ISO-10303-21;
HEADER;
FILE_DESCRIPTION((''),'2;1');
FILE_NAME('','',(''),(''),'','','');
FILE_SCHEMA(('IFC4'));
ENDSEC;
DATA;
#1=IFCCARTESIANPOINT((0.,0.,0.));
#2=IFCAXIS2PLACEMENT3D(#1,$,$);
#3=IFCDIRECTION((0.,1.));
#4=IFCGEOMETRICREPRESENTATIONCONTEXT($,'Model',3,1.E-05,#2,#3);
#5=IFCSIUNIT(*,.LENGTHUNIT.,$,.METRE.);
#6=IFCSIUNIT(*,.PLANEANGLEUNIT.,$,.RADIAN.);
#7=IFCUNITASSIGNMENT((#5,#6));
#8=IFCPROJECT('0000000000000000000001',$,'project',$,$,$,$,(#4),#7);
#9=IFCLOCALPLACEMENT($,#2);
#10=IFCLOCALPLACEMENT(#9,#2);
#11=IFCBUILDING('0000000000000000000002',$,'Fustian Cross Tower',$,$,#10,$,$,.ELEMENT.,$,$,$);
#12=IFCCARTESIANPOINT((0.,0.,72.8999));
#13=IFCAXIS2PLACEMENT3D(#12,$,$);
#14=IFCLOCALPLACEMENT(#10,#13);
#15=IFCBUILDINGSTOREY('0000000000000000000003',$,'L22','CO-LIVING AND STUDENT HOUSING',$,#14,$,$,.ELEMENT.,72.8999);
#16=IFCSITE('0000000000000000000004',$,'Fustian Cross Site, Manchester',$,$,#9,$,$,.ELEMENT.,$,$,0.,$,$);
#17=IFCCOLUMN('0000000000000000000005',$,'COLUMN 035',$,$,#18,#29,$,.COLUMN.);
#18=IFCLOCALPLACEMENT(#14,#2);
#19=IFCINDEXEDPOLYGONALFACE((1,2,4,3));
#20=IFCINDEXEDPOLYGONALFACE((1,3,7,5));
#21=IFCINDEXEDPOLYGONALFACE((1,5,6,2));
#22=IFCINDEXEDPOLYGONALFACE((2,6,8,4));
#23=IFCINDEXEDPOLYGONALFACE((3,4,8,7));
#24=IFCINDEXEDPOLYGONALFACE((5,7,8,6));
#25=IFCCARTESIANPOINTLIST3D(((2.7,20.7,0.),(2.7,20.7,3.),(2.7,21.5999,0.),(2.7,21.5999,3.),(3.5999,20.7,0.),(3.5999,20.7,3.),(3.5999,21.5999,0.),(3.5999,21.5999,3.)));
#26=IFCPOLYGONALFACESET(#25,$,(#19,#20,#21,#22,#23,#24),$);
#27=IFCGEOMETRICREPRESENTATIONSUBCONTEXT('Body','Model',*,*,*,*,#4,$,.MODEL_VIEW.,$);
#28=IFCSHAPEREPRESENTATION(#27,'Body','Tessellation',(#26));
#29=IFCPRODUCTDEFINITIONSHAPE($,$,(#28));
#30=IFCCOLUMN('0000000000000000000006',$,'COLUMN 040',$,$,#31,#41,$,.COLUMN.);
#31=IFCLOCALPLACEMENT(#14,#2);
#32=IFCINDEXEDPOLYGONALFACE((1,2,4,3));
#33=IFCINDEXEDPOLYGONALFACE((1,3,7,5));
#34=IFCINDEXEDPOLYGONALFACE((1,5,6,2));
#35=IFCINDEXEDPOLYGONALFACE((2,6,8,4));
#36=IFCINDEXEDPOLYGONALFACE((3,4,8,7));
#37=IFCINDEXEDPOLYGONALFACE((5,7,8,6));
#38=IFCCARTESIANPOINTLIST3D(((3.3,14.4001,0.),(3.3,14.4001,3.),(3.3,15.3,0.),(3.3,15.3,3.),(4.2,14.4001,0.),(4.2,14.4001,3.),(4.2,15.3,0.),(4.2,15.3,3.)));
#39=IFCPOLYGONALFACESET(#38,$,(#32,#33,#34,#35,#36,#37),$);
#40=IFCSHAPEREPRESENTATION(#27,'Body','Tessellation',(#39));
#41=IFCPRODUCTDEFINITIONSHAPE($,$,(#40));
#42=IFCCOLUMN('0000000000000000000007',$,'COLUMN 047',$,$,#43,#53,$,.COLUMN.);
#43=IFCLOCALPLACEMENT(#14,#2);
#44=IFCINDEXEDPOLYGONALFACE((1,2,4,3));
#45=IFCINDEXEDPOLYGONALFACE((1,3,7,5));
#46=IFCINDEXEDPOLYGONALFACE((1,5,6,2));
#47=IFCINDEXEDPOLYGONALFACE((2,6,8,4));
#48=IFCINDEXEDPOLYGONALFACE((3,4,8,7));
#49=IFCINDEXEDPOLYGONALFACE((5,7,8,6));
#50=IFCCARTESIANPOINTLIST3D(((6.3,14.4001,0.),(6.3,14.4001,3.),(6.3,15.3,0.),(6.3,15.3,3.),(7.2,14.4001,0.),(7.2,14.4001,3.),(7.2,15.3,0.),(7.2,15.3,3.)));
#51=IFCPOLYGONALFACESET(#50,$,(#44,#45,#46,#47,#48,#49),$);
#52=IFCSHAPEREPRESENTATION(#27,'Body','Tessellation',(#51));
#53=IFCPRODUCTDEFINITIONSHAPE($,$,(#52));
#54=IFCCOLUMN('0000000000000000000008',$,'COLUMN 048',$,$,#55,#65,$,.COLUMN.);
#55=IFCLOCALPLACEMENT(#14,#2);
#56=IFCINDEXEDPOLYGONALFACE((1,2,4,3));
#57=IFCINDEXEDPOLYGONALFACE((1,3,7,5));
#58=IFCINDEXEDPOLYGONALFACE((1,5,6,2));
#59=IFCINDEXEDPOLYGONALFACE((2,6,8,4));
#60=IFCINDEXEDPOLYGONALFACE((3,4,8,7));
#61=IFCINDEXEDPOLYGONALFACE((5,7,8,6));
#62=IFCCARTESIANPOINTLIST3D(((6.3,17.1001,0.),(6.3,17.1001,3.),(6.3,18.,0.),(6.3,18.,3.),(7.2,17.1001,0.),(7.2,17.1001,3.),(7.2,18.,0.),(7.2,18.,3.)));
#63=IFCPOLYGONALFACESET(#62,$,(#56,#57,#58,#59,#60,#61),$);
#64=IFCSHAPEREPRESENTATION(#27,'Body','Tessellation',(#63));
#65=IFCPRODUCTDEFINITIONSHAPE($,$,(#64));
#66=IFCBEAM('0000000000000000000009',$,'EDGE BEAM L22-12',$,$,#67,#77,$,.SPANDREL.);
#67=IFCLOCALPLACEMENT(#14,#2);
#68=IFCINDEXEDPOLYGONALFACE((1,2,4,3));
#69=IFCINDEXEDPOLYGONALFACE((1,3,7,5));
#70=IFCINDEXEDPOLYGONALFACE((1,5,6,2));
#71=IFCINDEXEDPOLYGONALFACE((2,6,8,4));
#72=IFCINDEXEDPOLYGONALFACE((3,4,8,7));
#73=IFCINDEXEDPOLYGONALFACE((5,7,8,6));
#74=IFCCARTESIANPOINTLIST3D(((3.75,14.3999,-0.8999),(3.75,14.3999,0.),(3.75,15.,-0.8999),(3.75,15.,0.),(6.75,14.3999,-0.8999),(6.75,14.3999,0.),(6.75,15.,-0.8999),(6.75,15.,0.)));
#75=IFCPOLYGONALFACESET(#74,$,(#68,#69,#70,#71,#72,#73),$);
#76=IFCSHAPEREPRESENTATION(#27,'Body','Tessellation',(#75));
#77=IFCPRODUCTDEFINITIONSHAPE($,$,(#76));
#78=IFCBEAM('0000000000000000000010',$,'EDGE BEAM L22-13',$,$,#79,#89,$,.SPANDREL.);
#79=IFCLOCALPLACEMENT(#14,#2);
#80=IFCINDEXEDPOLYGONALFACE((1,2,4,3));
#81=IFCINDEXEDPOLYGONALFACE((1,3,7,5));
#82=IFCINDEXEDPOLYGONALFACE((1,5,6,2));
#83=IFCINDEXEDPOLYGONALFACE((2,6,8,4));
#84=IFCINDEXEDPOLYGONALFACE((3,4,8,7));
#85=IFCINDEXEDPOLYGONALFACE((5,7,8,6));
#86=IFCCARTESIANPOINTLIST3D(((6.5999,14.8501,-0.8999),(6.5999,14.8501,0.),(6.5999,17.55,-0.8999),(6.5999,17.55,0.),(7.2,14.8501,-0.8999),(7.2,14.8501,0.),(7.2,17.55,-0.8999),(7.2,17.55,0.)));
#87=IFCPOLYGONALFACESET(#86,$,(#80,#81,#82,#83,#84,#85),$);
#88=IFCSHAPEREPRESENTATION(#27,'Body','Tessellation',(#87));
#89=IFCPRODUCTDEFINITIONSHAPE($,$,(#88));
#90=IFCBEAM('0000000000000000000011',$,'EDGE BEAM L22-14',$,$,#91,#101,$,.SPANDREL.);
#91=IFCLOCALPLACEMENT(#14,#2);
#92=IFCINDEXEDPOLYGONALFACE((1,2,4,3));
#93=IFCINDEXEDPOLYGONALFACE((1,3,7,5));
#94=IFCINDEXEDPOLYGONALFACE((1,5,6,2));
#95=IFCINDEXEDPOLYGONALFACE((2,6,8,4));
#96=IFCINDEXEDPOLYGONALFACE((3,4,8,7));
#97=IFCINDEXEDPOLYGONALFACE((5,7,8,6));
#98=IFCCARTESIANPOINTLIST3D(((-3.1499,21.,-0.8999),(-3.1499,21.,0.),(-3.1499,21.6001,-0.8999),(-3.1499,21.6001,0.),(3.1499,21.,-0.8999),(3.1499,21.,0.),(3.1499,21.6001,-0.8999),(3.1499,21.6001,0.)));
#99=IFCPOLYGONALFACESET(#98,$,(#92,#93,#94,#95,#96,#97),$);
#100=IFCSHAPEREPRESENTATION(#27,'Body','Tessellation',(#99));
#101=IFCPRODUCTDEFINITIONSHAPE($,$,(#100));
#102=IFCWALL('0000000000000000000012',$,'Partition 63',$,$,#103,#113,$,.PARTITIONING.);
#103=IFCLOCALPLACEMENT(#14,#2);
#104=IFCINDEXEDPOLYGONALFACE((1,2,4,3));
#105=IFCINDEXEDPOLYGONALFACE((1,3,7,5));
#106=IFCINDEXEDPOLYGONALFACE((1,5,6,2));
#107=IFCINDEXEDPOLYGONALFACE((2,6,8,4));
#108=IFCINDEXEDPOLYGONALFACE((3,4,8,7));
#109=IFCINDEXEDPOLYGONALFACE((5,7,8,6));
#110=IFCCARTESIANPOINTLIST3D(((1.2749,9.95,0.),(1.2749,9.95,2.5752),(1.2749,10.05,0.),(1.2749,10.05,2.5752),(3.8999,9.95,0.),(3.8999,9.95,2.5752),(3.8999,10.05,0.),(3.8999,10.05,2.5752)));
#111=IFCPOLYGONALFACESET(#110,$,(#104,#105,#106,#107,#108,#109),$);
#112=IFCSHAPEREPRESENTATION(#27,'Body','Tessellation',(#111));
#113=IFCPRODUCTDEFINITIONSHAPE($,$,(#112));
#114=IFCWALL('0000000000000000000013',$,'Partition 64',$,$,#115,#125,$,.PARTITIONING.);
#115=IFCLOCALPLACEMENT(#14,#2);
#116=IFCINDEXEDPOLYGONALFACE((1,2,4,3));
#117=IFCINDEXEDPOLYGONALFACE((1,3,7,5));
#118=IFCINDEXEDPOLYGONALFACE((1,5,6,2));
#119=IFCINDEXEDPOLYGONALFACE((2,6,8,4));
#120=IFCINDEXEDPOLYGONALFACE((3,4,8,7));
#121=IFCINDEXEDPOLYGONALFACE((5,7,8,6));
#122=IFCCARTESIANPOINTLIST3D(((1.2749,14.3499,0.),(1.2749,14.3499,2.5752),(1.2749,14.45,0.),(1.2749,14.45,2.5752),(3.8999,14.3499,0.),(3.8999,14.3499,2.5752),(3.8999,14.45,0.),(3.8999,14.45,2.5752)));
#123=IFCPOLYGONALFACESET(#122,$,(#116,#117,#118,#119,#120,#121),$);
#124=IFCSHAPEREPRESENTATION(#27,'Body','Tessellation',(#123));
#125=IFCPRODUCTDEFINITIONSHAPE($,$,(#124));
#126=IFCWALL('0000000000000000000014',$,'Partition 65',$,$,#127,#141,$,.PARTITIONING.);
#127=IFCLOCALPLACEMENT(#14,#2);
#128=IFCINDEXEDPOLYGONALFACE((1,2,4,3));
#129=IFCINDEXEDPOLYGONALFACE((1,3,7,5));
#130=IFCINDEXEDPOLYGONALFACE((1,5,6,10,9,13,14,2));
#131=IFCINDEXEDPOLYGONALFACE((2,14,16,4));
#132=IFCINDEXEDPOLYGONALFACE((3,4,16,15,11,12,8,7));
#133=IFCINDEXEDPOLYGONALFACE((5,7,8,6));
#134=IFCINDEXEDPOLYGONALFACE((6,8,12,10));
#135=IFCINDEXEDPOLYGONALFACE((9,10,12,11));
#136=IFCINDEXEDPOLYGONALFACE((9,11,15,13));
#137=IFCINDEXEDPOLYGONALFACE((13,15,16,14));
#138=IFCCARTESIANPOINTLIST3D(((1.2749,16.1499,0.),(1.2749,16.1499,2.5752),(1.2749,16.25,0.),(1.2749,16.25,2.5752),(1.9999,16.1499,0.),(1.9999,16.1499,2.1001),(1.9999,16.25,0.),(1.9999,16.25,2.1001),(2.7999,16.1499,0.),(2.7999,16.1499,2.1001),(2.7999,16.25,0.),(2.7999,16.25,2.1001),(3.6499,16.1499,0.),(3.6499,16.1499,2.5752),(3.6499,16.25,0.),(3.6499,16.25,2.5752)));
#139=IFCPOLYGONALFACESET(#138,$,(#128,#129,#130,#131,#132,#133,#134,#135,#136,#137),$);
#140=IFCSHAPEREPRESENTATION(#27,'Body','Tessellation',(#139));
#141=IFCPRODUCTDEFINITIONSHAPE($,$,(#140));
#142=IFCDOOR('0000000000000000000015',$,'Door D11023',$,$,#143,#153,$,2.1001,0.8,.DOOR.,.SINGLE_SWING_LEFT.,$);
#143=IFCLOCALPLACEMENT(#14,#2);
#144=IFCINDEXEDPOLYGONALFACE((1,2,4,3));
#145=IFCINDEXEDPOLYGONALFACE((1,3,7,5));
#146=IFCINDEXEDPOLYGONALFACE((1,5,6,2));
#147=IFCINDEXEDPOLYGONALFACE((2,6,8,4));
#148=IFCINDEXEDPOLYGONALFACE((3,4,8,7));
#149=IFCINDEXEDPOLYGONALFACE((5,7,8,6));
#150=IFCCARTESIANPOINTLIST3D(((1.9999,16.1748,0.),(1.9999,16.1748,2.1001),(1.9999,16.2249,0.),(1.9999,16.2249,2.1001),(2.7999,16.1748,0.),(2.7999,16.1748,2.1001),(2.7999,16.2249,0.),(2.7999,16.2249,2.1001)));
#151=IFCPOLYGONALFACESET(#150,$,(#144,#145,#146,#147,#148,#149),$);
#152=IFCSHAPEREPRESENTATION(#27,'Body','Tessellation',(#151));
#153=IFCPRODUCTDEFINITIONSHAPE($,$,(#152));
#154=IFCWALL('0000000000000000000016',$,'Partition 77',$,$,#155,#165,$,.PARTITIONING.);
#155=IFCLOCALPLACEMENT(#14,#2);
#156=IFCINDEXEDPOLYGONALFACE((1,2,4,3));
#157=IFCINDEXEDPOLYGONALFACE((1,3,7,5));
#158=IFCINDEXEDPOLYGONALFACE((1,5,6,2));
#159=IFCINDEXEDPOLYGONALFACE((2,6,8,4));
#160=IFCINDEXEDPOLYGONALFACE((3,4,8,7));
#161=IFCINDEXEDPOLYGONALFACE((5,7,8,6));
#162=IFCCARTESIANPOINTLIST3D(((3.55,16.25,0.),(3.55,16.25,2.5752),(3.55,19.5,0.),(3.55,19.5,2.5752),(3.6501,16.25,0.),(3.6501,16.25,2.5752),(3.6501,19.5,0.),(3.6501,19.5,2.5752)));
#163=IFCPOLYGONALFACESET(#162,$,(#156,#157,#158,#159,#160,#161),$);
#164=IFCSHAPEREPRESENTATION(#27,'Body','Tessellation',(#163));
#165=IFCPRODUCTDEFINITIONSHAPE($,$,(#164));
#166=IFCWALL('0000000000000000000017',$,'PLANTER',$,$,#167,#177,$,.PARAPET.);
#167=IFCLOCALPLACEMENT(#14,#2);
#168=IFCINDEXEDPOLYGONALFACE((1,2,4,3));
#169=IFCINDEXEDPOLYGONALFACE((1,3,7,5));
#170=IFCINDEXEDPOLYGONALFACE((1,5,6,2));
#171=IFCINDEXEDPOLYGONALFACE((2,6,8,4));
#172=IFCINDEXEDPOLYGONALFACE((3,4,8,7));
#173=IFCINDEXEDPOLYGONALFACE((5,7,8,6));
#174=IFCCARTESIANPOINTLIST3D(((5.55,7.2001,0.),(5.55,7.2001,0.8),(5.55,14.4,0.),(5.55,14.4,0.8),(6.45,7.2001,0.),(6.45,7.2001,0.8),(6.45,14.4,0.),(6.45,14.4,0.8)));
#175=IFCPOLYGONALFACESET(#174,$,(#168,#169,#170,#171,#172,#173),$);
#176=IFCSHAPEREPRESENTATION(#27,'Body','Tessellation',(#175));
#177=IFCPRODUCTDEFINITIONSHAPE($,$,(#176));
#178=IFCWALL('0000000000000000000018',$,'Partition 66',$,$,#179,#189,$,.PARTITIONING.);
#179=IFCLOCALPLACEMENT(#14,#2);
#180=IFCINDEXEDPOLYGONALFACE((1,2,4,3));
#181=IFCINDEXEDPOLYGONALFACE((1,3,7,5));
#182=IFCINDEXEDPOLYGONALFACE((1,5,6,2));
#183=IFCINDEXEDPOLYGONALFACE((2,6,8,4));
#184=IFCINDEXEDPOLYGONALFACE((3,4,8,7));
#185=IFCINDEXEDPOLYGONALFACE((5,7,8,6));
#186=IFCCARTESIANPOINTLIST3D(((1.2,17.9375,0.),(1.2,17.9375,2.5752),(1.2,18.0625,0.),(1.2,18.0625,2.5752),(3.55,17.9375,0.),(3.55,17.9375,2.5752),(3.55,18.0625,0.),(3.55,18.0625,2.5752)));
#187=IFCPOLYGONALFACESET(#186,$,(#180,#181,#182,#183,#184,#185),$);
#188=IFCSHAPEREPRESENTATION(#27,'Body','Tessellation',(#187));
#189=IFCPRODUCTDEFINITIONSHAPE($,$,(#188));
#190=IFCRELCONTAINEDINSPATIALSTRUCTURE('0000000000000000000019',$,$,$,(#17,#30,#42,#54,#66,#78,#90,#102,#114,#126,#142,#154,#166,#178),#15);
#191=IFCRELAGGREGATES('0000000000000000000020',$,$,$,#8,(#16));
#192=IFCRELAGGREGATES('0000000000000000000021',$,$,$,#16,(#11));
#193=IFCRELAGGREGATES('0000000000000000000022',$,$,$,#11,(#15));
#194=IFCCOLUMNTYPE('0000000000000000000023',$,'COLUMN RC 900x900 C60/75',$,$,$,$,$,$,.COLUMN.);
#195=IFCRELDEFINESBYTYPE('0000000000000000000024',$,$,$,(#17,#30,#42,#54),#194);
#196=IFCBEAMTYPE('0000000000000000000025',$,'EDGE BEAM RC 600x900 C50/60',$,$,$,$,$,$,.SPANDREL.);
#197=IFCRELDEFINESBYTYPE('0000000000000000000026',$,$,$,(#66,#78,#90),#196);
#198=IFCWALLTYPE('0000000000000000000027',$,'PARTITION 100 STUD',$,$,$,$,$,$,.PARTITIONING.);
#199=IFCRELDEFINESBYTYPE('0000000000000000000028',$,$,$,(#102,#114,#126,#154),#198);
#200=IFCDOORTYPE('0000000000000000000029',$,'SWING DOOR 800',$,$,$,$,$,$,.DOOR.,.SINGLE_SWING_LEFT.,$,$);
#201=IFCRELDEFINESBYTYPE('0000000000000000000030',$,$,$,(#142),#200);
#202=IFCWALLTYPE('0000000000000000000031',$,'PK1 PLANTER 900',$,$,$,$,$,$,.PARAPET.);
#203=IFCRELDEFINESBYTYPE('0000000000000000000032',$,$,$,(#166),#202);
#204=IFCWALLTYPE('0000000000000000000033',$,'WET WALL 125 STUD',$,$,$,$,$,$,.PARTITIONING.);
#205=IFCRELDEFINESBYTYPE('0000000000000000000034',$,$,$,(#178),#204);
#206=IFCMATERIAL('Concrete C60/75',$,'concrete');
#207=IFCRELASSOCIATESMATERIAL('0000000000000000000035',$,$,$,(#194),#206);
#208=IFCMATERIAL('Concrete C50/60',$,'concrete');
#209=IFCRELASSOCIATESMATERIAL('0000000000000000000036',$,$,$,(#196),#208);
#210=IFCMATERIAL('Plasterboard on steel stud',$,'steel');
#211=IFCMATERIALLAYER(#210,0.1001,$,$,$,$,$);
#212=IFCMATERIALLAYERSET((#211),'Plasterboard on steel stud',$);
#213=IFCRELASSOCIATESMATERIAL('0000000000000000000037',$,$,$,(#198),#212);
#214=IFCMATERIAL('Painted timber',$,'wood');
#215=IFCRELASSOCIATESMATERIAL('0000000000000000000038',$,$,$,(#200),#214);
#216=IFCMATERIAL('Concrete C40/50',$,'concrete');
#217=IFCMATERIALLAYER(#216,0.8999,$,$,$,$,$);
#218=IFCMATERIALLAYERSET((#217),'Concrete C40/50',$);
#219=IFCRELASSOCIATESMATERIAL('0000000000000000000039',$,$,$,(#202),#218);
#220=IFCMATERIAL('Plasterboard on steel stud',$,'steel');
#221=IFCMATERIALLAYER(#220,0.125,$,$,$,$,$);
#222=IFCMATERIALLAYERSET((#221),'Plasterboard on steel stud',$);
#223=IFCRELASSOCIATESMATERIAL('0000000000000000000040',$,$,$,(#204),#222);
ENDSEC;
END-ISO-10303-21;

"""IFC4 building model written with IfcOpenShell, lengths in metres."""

from ifc_helpers import new_model, si_unit, direction, frame, frame_2d, origin, origin_2d, place, context, subcontext, project, spatial, rectangle, extrude, material, layer, layer_set, material_profile, profile_set, type_object, element, fill, save


model = new_model("IFC4")

# Units and contexts
model_context = context("Model", 3, precision=1e-05, world=origin(), true_north=direction((0.0, 1.0)))
body_context = subcontext(model_context, "Body", "Model", "MODEL_VIEW")
ifc_project = project(units=[si_unit("LENGTHUNIT", "METRE"), si_unit("PLANEANGLEUNIT", "RADIAN")], contexts=[model_context])

# Site, building, storey
site_placement = place(None, origin())
site = spatial("IfcSite", under=ifc_project, at=site_placement, Name="Fustian Cross Site, Manchester", CompositionType="ELEMENT", RefElevation=0.0)
building_placement = place(site_placement, origin())
building = spatial("IfcBuilding", under=site, at=building_placement, Name="Fustian Cross Tower", CompositionType="ELEMENT")
storey_placement = place(building_placement, frame((0.0, 0.0, 72.8999)))
storey = spatial("IfcBuildingStorey", under=building, at=storey_placement, Name="L22", Description="CO-LIVING AND STUDENT HOUSING", CompositionType="ELEMENT", Elevation=72.8999)

# Columns
ifc_material_1 = material(Name="Concrete C60/75", Category="concrete")
ifc_material_profile_1 = material_profile(ifc_material_1, rectangle(XDim=0.8999, YDim=0.8999, at=origin_2d()), Name="RC 900x900")
ifc_profile_set_1 = profile_set([ifc_material_profile_1], Name="Concrete C60/75")
column_type = type_object("IfcColumnType", Name="COLUMN RC 900x900 C60/75", PredefinedType="COLUMN", material=ifc_profile_set_1)
for number, where, z_axis, x_axis, name in (
    (1, (3.1499, 21.1499, 0.0), (0.0, 0.0, 1.0), (1.0, 0.0, 0.0), "COLUMN 035"),
    (2, (3.75, 14.8501, 0.0), (0.0, 0.0, 1.0), (1.0, 0.0, 0.0), "COLUMN 040"),
    (3, (6.75, 14.8501, 0.0), (0.0, 0.0, 1.0), (1.0, 0.0, 0.0), "COLUMN 047"),
    (4, (6.75, 17.55, 0.0), (0.0, 0.0, 1.0), (1.0, 0.0, 0.0), "COLUMN 048"),
):
    element("IfcColumn", number, at=place(storey_placement, frame(where, z_axis=z_axis, x_axis=x_axis)), inside=storey, type_object=column_type, Name=name, PredefinedType="COLUMN", context=body_context, shape_type="SweptSolid", body=[
        extrude(rectangle(XDim=0.8999, YDim=0.8999, at=origin_2d()), origin(), (0.0, 0.0, 1.0), 3.0),
    ])

# Beams
ifc_material_2 = material(Name="Concrete C50/60", Category="concrete")
ifc_material_profile_2 = material_profile(ifc_material_2, rectangle(XDim=0.6001, YDim=0.8999, at=origin_2d()), Name="RC 600x900")
ifc_profile_set_2 = profile_set([ifc_material_profile_2], Name="Concrete C50/60")
beam_type = type_object("IfcBeamType", Name="EDGE BEAM RC 600x900 C50/60", PredefinedType="SPANDREL", material=ifc_profile_set_2)
beam_1_placement = place(storey_placement, frame((3.75, 14.7, -0.45), z_axis=(1.0, 0.0, 0.0), x_axis=(0.0, 1.0, 0.0)))
element("IfcBeam", 5, at=beam_1_placement, inside=storey, type_object=beam_type, Name="EDGE BEAM L22-12", PredefinedType="SPANDREL", context=body_context, shape_type="SweptSolid", body=[
    extrude(rectangle(XDim=0.6001, YDim=0.8999, at=origin_2d()), origin(), (0.0, 0.0, 1.0), 3.0),
])
beam_2_placement = place(storey_placement, frame((6.8999, 14.8501, -0.45), z_axis=(0.0, 1.0, 0.0), x_axis=(-1.0, 0.0, 0.0)))
element("IfcBeam", 6, at=beam_2_placement, inside=storey, type_object=beam_type, Name="EDGE BEAM L22-13", PredefinedType="SPANDREL", context=body_context, shape_type="SweptSolid", body=[
    extrude(rectangle(XDim=0.6001, YDim=0.8999, at=origin_2d()), origin(), (0.0, 0.0, 1.0), 2.7),
])
beam_3_placement = place(storey_placement, frame((3.1499, 21.3, -0.45), z_axis=(-1.0, 0.0, 0.0), x_axis=(0.0, -1.0, 0.0)))
element("IfcBeam", 7, at=beam_3_placement, inside=storey, type_object=beam_type, Name="EDGE BEAM L22-14", PredefinedType="SPANDREL", context=body_context, shape_type="SweptSolid", body=[
    extrude(rectangle(XDim=0.6001, YDim=0.8999, at=origin_2d()), origin(), (0.0, 0.0, 1.0), 6.2998),
])

# Walls
ifc_material_3 = material(Name="Plasterboard on steel stud", Category="steel")
ifc_layer_1 = layer(ifc_material_3, 0.1001)
ifc_layer_set_1 = layer_set([ifc_layer_1], Name="Plasterboard on steel stud")
wall_type_1 = type_object("IfcWallType", Name="PARTITION 100 STUD", PredefinedType="PARTITIONING", material=ifc_layer_set_1)
for number, where, z_axis, x_axis, name in (
    (8, (1.2749, 10.0, 0.0), (0.0, 0.0, 1.0), (1.0, 0.0, 0.0), "Partition 63"),
    (9, (1.2749, 14.3999, 0.0), (0.0, 0.0, 1.0), (1.0, 0.0, 0.0), "Partition 64"),
):
    element("IfcWall", number, at=place(storey_placement, frame(where, z_axis=z_axis, x_axis=x_axis)), inside=storey, type_object=wall_type_1, Name=name, PredefinedType="PARTITIONING", context=body_context, shape_type="SweptSolid", body=[
        extrude(rectangle(XDim=2.625, YDim=0.1001, at=frame_2d((1.3125, 0.0))), origin(), (0.0, 0.0, 1.0), 2.5752),
    ])

# Wall, opening, door
wall_1_placement = place(storey_placement, frame((1.2749, 16.2, 0.0), z_axis=(0.0, 0.0, 1.0), x_axis=(1.0, 0.0, 0.0)))
wall_1 = element("IfcWall", 10, at=wall_1_placement, inside=storey, type_object=wall_type_1, Name="Partition 65", PredefinedType="PARTITIONING", context=body_context, shape_type="SweptSolid", body=[
    extrude(rectangle(XDim=2.375, YDim=0.1001, at=frame_2d((1.1875, 0.0))), origin(), (0.0, 0.0, 1.0), 2.5752),
])
opening_1_placement = place(wall_1_placement, frame((0.7251, 0.0, 0.0)))
opening_1 = element("IfcOpeningElement", 11, at=opening_1_placement, cuts=wall_1, PredefinedType="OPENING", context=body_context, shape_type="SweptSolid", body=[
    extrude(rectangle(XDim=0.8, YDim=2.1001, at=frame_2d((0.3999, 1.05))), frame((0.0, 0.0601, 0.0), z_axis=(0.0, -1.0, 0.0), x_axis=(1.0, 0.0, 0.0)), (0.0, 0.0, 1.0), 0.1201),
])
ifc_material_4 = material(Name="Painted timber", Category="wood")
door_type = type_object("IfcDoorType", Name="SWING DOOR 800", OperationType="SINGLE_SWING_LEFT", PredefinedType="DOOR", material=ifc_material_4)
door_placement = place(opening_1_placement, origin())
door = element("IfcDoor", 12, at=door_placement, inside=storey, type_object=door_type, Name="Door D11023", OperationType="SINGLE_SWING_LEFT", OverallHeight=2.1001, OverallWidth=0.8, PredefinedType="DOOR", context=body_context, shape_type="SweptSolid", body=[
    extrude(rectangle(XDim=0.8, YDim=2.1001, at=frame_2d((0.3999, 1.05))), frame((0.0, 0.0249, 0.0), z_axis=(0.0, -1.0, 0.0), x_axis=(1.0, 0.0, 0.0)), (0.0, 0.0, 1.0), 0.05),
])
fill(opening_1, door)

# Walls
wall_2_placement = place(storey_placement, frame((3.6001, 16.25, 0.0), z_axis=(0.0, 0.0, 1.0), x_axis=(0.0, 1.0, 0.0)))
element("IfcWall", 13, at=wall_2_placement, inside=storey, type_object=wall_type_1, Name="Partition 77", PredefinedType="PARTITIONING", context=body_context, shape_type="SweptSolid", body=[
    extrude(rectangle(XDim=3.25, YDim=0.1001, at=frame_2d((1.625, 0.0))), origin(), (0.0, 0.0, 1.0), 2.5752),
])
ifc_material_5 = material(Name="Concrete C40/50", Category="concrete")
ifc_layer_2 = layer(ifc_material_5, 0.8999)
ifc_layer_set_2 = layer_set([ifc_layer_2], Name="Concrete C40/50")
wall_type_2 = type_object("IfcWallType", Name="PK1 PLANTER 900", PredefinedType="PARAPET", material=ifc_layer_set_2)
wall_3_placement = place(storey_placement, frame((6.0, 7.2, 0.0), z_axis=(0.0, 0.0, 1.0), x_axis=(0.0, 1.0, 0.0)))
element("IfcWall", 14, at=wall_3_placement, inside=storey, type_object=wall_type_2, Name="PLANTER", PredefinedType="PARAPET", context=body_context, shape_type="SweptSolid", body=[
    extrude(rectangle(XDim=7.2, YDim=0.8999, at=frame_2d((3.6001, 0.0))), origin(), (0.0, 0.0, 1.0), 0.8),
])
ifc_material_6 = material(Name="Plasterboard on steel stud", Category="steel")
ifc_layer_3 = layer(ifc_material_6, 0.125)
ifc_layer_set_3 = layer_set([ifc_layer_3], Name="Plasterboard on steel stud")
wall_type_3 = type_object("IfcWallType", Name="WET WALL 125 STUD", PredefinedType="PARTITIONING", material=ifc_layer_set_3)
wall_4_placement = place(storey_placement, frame((1.2, 18.0, 0.0), z_axis=(0.0, 0.0, 1.0), x_axis=(1.0, 0.0, 0.0)))
element("IfcWall", 15, at=wall_4_placement, inside=storey, type_object=wall_type_3, Name="Partition 66", PredefinedType="PARTITIONING", context=body_context, shape_type="SweptSolid", body=[
    extrude(rectangle(XDim=2.3501, YDim=0.125, at=frame_2d((1.175, 0.0))), origin(), (0.0, 0.0, 1.0), 2.5752),
])

save(model, "model.ifc")
